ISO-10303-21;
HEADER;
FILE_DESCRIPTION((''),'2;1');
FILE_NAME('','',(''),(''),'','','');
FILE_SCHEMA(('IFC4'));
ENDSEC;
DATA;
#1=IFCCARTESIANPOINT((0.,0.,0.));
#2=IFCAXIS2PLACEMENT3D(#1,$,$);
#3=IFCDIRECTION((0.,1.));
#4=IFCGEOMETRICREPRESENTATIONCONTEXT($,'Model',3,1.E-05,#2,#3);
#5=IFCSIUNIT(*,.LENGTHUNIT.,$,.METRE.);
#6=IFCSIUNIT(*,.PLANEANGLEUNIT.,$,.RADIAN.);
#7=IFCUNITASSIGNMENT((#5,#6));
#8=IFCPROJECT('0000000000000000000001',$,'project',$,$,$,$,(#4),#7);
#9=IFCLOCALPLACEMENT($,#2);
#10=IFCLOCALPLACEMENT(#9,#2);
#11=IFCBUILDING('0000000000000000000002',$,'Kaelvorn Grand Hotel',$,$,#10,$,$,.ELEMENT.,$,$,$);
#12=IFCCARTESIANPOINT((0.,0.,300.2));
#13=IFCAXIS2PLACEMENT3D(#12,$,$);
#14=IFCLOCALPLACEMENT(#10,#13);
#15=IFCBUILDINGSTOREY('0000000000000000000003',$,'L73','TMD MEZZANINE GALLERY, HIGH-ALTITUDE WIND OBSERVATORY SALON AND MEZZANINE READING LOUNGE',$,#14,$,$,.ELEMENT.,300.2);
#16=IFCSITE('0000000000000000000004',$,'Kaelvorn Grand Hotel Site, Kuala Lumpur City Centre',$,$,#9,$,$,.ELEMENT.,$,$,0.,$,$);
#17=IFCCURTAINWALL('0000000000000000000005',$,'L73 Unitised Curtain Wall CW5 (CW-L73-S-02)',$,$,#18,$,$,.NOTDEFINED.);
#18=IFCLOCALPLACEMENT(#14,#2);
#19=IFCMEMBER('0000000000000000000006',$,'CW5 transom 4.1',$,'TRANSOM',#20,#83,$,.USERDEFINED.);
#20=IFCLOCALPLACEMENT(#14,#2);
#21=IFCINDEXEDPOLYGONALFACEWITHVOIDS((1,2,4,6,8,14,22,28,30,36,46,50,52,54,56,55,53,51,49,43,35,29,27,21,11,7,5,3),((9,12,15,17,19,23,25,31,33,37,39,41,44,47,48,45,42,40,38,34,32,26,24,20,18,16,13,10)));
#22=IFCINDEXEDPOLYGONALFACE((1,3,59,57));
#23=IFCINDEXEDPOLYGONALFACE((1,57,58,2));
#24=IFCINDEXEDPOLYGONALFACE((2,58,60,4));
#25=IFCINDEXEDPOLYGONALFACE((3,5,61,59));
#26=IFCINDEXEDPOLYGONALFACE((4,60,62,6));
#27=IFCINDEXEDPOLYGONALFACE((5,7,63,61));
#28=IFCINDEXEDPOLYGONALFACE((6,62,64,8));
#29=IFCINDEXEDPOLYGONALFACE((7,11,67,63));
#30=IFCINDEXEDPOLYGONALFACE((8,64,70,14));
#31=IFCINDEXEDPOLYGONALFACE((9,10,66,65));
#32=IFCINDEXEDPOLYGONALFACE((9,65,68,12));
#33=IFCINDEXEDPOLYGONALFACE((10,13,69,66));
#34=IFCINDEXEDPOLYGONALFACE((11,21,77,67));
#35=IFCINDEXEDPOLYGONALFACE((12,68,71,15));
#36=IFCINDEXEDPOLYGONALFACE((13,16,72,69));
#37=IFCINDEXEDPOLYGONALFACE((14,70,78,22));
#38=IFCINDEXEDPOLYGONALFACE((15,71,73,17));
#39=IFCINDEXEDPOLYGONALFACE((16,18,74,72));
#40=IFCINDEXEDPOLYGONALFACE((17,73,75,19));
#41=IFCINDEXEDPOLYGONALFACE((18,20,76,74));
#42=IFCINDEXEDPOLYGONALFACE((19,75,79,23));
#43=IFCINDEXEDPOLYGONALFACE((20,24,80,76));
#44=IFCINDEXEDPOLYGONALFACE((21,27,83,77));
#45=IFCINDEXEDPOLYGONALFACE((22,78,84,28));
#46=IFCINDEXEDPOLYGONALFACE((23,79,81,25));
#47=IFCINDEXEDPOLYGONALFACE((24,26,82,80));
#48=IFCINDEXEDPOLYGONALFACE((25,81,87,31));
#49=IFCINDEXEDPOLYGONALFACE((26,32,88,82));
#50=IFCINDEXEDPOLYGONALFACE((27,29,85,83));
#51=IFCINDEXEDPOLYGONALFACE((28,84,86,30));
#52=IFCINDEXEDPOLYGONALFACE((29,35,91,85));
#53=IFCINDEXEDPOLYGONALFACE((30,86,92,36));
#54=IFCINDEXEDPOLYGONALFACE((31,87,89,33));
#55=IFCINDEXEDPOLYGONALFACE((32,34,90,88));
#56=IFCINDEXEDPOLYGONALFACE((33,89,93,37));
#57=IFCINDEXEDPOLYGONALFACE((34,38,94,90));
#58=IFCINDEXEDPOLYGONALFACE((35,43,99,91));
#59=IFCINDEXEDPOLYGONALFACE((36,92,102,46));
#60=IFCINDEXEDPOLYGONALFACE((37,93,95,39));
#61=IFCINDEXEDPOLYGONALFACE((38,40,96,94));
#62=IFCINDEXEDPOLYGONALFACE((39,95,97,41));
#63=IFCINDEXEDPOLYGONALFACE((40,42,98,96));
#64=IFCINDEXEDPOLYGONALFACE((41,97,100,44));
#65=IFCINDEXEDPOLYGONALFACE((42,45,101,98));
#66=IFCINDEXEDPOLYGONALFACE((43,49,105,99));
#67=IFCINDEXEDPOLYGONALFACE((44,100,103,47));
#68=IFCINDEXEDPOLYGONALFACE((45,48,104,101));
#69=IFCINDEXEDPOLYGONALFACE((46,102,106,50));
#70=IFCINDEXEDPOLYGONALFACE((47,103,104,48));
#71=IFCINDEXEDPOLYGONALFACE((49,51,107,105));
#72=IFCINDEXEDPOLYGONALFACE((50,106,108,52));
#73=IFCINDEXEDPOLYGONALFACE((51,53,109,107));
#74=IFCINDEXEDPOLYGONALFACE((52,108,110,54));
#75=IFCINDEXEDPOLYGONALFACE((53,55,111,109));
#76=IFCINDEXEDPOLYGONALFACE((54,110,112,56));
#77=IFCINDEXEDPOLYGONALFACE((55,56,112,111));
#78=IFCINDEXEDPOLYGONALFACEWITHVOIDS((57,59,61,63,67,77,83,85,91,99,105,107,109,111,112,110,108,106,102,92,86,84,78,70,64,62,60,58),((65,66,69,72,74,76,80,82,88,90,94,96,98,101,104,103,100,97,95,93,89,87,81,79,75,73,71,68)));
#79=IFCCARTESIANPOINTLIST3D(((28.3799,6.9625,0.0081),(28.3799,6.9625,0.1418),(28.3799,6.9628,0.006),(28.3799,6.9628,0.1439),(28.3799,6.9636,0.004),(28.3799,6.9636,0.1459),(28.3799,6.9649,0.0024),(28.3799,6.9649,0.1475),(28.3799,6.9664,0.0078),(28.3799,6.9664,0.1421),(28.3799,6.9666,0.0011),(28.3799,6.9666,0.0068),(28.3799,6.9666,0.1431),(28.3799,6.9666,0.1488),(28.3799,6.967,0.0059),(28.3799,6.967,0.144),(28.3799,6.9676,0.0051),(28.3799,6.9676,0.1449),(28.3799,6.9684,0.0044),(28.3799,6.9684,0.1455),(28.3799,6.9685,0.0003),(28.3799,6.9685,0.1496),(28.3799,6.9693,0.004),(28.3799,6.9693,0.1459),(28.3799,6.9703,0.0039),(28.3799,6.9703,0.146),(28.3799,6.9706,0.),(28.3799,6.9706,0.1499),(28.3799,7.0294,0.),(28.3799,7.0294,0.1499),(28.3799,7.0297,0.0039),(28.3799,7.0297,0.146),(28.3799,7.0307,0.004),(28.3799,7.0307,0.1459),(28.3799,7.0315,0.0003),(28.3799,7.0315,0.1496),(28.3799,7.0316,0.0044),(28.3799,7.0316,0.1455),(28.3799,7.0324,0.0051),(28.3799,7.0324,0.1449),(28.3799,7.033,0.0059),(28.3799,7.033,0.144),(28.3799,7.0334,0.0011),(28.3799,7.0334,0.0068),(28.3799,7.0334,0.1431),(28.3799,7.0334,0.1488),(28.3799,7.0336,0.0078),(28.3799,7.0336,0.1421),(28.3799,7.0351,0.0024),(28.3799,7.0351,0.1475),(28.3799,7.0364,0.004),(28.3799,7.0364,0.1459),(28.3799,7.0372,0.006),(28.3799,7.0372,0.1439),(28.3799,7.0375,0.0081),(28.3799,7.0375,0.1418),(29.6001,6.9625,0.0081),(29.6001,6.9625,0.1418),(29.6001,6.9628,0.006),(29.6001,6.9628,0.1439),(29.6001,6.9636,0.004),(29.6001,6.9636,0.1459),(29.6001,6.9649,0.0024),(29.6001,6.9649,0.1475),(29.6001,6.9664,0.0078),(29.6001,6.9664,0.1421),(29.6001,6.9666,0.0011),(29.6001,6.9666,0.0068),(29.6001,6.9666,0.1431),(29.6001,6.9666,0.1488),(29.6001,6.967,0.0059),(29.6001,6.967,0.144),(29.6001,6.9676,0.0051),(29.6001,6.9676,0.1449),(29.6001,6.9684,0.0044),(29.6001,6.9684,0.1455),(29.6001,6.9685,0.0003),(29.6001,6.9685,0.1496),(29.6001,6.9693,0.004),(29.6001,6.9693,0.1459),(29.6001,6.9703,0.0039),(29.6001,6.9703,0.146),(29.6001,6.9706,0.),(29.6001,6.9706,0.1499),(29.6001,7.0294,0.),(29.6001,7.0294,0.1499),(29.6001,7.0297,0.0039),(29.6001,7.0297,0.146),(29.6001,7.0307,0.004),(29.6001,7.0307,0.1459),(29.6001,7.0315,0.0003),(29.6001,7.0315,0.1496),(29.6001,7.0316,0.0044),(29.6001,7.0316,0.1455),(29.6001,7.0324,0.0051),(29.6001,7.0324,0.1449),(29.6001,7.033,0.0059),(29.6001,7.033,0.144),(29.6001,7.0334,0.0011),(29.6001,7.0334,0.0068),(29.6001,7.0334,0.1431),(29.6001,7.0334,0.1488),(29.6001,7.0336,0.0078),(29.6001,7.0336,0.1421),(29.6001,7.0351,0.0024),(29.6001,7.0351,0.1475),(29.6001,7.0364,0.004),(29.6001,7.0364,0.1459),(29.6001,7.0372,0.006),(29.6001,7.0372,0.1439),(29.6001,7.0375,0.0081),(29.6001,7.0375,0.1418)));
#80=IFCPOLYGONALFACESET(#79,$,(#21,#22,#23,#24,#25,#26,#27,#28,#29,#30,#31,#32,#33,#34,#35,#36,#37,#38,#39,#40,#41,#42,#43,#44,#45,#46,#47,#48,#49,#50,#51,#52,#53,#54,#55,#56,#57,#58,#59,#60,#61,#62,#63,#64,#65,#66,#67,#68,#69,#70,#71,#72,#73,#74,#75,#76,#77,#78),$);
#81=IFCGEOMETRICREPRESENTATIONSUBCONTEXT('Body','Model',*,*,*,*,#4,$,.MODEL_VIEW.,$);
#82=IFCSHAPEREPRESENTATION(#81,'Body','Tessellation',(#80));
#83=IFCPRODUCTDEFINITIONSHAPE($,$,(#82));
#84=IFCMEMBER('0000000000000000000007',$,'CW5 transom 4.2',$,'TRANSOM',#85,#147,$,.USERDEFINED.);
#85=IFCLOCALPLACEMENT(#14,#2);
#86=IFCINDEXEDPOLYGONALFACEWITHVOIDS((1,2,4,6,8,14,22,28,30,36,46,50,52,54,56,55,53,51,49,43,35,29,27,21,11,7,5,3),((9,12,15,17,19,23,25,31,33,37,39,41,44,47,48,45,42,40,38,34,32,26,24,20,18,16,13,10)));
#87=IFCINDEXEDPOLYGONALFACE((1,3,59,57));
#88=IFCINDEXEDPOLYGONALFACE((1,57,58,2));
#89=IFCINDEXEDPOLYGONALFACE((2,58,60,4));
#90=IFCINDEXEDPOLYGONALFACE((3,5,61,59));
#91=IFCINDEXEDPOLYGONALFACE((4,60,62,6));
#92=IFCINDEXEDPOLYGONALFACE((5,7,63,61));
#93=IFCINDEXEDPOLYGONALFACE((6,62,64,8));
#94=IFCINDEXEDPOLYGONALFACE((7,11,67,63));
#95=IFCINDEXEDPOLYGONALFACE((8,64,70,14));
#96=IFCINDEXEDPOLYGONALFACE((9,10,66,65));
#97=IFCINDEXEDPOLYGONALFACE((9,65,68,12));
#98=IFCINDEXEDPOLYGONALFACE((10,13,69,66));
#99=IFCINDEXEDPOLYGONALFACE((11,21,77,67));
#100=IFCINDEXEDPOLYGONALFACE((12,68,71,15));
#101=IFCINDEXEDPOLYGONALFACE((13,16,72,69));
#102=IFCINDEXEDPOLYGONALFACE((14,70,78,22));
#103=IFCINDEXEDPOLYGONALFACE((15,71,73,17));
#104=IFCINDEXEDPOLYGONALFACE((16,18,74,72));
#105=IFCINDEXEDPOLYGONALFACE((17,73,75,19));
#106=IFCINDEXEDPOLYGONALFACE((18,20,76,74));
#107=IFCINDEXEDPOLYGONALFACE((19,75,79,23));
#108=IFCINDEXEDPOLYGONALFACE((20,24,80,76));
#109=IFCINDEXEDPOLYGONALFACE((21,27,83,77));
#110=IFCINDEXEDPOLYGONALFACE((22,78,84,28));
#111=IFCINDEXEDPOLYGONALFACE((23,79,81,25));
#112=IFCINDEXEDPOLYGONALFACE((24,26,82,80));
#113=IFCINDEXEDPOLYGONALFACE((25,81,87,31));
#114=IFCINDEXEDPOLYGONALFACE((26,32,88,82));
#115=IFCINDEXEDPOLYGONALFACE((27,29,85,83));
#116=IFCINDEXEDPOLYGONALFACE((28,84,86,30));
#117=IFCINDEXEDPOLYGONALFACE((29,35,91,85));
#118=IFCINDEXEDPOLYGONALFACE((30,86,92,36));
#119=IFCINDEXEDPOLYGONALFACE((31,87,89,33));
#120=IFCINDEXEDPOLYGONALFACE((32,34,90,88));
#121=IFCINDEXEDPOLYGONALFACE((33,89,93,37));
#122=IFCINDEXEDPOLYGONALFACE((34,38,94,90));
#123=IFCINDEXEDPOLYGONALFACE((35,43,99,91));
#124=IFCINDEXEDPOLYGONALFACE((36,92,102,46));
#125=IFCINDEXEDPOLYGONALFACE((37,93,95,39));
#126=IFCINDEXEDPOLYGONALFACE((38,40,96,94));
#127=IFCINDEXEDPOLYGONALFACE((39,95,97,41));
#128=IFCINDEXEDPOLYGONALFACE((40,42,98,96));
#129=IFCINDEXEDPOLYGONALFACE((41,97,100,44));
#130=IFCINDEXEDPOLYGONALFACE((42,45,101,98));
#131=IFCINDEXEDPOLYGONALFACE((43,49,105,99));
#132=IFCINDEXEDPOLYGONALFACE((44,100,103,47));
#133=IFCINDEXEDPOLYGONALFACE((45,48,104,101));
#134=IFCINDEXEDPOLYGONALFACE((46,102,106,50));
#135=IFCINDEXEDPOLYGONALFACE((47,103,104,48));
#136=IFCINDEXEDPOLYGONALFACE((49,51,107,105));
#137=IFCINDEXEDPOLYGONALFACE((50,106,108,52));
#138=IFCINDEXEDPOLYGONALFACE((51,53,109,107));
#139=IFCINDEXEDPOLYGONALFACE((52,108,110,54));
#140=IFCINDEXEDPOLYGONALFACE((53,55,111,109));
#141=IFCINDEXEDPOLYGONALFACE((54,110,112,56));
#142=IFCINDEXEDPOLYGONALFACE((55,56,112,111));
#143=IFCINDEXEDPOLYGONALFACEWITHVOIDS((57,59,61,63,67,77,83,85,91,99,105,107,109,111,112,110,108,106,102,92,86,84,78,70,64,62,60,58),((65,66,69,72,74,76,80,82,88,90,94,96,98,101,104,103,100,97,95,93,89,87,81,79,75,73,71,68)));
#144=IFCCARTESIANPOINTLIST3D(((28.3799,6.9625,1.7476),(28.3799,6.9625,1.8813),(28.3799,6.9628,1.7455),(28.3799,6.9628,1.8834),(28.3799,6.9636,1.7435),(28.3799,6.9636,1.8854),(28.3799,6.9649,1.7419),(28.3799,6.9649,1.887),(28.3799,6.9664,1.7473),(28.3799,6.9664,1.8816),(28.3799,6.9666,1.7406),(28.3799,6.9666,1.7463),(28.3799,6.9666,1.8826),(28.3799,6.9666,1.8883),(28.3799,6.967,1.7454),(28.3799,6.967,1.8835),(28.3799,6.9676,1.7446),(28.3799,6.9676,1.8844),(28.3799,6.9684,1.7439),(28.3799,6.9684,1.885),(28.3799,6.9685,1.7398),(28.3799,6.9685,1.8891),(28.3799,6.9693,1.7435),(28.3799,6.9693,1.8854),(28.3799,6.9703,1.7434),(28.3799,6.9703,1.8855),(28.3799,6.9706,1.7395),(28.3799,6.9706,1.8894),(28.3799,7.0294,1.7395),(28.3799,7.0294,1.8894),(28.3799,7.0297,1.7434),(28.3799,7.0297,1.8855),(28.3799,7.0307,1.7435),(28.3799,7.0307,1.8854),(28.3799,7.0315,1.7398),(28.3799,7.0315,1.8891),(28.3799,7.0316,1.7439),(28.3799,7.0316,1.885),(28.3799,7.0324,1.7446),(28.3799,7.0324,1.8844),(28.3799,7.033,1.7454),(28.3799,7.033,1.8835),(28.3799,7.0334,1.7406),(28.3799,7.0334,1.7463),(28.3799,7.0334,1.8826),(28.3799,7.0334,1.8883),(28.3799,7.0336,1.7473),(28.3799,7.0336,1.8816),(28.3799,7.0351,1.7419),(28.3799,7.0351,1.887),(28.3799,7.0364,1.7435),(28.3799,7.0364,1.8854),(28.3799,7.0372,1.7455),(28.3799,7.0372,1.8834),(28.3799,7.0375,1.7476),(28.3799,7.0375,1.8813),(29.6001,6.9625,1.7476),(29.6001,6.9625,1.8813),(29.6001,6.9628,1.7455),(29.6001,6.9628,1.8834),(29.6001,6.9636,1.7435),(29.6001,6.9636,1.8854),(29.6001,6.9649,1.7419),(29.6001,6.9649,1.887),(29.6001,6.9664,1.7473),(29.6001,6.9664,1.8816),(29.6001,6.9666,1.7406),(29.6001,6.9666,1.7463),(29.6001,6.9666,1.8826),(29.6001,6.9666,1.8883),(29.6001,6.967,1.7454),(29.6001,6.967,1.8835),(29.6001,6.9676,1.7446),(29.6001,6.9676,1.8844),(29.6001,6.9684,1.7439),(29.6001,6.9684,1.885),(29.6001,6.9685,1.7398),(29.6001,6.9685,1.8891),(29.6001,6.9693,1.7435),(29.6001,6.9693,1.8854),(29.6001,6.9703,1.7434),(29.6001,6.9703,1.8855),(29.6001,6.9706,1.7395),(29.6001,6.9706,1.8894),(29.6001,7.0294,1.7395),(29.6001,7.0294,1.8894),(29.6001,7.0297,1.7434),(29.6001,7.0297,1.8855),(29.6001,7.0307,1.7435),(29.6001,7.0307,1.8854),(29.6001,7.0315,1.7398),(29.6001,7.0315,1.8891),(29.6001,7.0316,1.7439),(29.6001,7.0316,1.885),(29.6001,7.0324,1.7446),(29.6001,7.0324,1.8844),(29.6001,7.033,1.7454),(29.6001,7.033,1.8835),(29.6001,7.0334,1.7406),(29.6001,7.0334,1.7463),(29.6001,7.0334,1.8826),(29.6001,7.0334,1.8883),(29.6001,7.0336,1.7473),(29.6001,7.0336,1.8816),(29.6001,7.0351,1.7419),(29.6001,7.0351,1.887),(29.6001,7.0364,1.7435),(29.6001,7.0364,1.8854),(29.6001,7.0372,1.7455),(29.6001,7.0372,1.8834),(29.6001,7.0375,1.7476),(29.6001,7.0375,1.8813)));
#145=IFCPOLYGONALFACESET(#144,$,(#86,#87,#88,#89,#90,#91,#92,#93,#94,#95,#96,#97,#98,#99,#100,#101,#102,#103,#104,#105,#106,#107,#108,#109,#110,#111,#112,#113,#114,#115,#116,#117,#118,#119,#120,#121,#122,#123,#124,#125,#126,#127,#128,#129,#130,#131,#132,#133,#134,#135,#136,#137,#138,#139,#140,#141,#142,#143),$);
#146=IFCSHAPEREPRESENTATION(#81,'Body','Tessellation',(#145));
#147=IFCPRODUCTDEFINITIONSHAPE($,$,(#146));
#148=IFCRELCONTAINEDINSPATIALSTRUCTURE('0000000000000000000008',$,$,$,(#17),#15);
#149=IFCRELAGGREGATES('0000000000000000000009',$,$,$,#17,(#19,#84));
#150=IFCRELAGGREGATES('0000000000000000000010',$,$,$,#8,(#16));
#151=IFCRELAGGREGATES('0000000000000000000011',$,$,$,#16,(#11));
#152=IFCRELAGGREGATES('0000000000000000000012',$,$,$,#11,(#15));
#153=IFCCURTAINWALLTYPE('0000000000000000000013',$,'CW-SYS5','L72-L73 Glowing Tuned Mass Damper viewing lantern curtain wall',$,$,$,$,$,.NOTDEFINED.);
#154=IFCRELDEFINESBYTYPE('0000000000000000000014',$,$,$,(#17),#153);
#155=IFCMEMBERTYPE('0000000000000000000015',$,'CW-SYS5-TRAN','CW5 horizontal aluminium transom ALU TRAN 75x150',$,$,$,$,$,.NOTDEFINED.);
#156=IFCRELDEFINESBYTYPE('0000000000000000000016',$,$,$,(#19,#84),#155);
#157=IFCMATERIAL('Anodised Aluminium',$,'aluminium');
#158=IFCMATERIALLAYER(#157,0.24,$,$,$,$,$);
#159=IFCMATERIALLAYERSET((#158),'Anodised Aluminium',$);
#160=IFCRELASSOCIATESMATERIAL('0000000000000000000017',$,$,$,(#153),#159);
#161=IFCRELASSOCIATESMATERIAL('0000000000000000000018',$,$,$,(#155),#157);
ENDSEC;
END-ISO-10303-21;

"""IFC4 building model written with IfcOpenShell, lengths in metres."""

from ifc_helpers import new_model, si_unit, direction, frame, origin, origin_2d, place, context, subcontext, project, spatial, hollow_rectangle, extrude, material, layer, layer_set, material_profile, profile_set, type_object, element, aggregate, save


model = new_model("IFC4")

# Units and contexts
model_context = context("Model", 3, precision=1e-05, world=origin(), true_north=direction((0.0, 1.0)))
body_context = subcontext(model_context, "Body", "Model", "MODEL_VIEW")
ifc_project = project(units=[si_unit("LENGTHUNIT", "METRE"), si_unit("PLANEANGLEUNIT", "RADIAN")], contexts=[model_context])

# Site, building, storey
site_placement = place(None, origin())
site = spatial("IfcSite", under=ifc_project, at=site_placement, Name="Kaelvorn Grand Hotel Site, Kuala Lumpur City Centre", CompositionType="ELEMENT", RefElevation=0.0)
building_placement = place(site_placement, origin())
building = spatial("IfcBuilding", under=site, at=building_placement, Name="Kaelvorn Grand Hotel", CompositionType="ELEMENT")
storey_placement = place(building_placement, frame((0.0, 0.0, 300.2)))
storey = spatial("IfcBuildingStorey", under=building, at=storey_placement, Name="L73", Description="TMD MEZZANINE GALLERY, HIGH-ALTITUDE WIND OBSERVATORY SALON AND MEZZANINE READING LOUNGE", CompositionType="ELEMENT", Elevation=300.2)

# Curtain wall
ifc_material_1 = material(Name="Anodised Aluminium", Category="aluminium")
ifc_layer_1 = layer(ifc_material_1, 0.24)
ifc_layer_set_1 = layer_set([ifc_layer_1], Name="Anodised Aluminium")
curtain_wall_type = type_object("IfcCurtainWallType", Name="CW-SYS5", Description="L72-L73 Glowing Tuned Mass Damper viewing lantern curtain wall", PredefinedType="NOTDEFINED", material=ifc_layer_set_1)
curtain_wall_1_placement = place(storey_placement, origin())
curtain_wall_1 = element("IfcCurtainWall", 1, at=curtain_wall_1_placement, inside=storey, type_object=curtain_wall_type, Name="L73 Unitised Curtain Wall CW5 (CW-L73-S-02)", PredefinedType="NOTDEFINED")

# Members
ifc_material_profile_1 = material_profile(ifc_material_1, hollow_rectangle(XDim=0.075, YDim=0.1499, WallThickness=0.0039, InnerFilletRadius=0.0039, OuterFilletRadius=0.0081, at=origin_2d()), Name="ALU TRAN 75x150")
ifc_profile_set_1 = profile_set([ifc_material_profile_1], Name="Anodised Aluminium")
member_type_1 = type_object("IfcMemberType", Name="CW-SYS5-TRAN", Description="CW5 horizontal aluminium transom ALU TRAN 75x150", PredefinedType="NOTDEFINED", material=ifc_profile_set_1)
member_1_placement = place(storey_placement, frame((28.3799, 7.0, 0.075), z_axis=(1.0, 0.0, 0.0), x_axis=(0.0, 1.0, 0.0)))
member_1 = element("IfcMember", 2, at=member_1_placement, type_object=member_type_1, Name="CW5 transom 4.1", ObjectType="TRANSOM", PredefinedType="USERDEFINED", context=body_context, shape_type="SweptSolid", body=[
    extrude(hollow_rectangle(XDim=0.075, YDim=0.1499, WallThickness=0.0039, InnerFilletRadius=0.0039, OuterFilletRadius=0.0081, at=origin_2d()), origin(), (0.0, 0.0, 1.0), 1.2202),
])
member_2_placement = place(storey_placement, frame((28.3799, 7.0, 1.8145), z_axis=(1.0, 0.0, 0.0), x_axis=(0.0, 1.0, 0.0)))
member_2 = element("IfcMember", 3, at=member_2_placement, type_object=member_type_1, Name="CW5 transom 4.2", ObjectType="TRANSOM", PredefinedType="USERDEFINED", context=body_context, shape_type="SweptSolid", body=[
    extrude(hollow_rectangle(XDim=0.075, YDim=0.1499, WallThickness=0.0039, InnerFilletRadius=0.0039, OuterFilletRadius=0.0081, at=origin_2d()), origin(), (0.0, 0.0, 1.0), 1.2202),
])

aggregate(curtain_wall_1, [member_1, member_2])

save(model, "model.ifc")
